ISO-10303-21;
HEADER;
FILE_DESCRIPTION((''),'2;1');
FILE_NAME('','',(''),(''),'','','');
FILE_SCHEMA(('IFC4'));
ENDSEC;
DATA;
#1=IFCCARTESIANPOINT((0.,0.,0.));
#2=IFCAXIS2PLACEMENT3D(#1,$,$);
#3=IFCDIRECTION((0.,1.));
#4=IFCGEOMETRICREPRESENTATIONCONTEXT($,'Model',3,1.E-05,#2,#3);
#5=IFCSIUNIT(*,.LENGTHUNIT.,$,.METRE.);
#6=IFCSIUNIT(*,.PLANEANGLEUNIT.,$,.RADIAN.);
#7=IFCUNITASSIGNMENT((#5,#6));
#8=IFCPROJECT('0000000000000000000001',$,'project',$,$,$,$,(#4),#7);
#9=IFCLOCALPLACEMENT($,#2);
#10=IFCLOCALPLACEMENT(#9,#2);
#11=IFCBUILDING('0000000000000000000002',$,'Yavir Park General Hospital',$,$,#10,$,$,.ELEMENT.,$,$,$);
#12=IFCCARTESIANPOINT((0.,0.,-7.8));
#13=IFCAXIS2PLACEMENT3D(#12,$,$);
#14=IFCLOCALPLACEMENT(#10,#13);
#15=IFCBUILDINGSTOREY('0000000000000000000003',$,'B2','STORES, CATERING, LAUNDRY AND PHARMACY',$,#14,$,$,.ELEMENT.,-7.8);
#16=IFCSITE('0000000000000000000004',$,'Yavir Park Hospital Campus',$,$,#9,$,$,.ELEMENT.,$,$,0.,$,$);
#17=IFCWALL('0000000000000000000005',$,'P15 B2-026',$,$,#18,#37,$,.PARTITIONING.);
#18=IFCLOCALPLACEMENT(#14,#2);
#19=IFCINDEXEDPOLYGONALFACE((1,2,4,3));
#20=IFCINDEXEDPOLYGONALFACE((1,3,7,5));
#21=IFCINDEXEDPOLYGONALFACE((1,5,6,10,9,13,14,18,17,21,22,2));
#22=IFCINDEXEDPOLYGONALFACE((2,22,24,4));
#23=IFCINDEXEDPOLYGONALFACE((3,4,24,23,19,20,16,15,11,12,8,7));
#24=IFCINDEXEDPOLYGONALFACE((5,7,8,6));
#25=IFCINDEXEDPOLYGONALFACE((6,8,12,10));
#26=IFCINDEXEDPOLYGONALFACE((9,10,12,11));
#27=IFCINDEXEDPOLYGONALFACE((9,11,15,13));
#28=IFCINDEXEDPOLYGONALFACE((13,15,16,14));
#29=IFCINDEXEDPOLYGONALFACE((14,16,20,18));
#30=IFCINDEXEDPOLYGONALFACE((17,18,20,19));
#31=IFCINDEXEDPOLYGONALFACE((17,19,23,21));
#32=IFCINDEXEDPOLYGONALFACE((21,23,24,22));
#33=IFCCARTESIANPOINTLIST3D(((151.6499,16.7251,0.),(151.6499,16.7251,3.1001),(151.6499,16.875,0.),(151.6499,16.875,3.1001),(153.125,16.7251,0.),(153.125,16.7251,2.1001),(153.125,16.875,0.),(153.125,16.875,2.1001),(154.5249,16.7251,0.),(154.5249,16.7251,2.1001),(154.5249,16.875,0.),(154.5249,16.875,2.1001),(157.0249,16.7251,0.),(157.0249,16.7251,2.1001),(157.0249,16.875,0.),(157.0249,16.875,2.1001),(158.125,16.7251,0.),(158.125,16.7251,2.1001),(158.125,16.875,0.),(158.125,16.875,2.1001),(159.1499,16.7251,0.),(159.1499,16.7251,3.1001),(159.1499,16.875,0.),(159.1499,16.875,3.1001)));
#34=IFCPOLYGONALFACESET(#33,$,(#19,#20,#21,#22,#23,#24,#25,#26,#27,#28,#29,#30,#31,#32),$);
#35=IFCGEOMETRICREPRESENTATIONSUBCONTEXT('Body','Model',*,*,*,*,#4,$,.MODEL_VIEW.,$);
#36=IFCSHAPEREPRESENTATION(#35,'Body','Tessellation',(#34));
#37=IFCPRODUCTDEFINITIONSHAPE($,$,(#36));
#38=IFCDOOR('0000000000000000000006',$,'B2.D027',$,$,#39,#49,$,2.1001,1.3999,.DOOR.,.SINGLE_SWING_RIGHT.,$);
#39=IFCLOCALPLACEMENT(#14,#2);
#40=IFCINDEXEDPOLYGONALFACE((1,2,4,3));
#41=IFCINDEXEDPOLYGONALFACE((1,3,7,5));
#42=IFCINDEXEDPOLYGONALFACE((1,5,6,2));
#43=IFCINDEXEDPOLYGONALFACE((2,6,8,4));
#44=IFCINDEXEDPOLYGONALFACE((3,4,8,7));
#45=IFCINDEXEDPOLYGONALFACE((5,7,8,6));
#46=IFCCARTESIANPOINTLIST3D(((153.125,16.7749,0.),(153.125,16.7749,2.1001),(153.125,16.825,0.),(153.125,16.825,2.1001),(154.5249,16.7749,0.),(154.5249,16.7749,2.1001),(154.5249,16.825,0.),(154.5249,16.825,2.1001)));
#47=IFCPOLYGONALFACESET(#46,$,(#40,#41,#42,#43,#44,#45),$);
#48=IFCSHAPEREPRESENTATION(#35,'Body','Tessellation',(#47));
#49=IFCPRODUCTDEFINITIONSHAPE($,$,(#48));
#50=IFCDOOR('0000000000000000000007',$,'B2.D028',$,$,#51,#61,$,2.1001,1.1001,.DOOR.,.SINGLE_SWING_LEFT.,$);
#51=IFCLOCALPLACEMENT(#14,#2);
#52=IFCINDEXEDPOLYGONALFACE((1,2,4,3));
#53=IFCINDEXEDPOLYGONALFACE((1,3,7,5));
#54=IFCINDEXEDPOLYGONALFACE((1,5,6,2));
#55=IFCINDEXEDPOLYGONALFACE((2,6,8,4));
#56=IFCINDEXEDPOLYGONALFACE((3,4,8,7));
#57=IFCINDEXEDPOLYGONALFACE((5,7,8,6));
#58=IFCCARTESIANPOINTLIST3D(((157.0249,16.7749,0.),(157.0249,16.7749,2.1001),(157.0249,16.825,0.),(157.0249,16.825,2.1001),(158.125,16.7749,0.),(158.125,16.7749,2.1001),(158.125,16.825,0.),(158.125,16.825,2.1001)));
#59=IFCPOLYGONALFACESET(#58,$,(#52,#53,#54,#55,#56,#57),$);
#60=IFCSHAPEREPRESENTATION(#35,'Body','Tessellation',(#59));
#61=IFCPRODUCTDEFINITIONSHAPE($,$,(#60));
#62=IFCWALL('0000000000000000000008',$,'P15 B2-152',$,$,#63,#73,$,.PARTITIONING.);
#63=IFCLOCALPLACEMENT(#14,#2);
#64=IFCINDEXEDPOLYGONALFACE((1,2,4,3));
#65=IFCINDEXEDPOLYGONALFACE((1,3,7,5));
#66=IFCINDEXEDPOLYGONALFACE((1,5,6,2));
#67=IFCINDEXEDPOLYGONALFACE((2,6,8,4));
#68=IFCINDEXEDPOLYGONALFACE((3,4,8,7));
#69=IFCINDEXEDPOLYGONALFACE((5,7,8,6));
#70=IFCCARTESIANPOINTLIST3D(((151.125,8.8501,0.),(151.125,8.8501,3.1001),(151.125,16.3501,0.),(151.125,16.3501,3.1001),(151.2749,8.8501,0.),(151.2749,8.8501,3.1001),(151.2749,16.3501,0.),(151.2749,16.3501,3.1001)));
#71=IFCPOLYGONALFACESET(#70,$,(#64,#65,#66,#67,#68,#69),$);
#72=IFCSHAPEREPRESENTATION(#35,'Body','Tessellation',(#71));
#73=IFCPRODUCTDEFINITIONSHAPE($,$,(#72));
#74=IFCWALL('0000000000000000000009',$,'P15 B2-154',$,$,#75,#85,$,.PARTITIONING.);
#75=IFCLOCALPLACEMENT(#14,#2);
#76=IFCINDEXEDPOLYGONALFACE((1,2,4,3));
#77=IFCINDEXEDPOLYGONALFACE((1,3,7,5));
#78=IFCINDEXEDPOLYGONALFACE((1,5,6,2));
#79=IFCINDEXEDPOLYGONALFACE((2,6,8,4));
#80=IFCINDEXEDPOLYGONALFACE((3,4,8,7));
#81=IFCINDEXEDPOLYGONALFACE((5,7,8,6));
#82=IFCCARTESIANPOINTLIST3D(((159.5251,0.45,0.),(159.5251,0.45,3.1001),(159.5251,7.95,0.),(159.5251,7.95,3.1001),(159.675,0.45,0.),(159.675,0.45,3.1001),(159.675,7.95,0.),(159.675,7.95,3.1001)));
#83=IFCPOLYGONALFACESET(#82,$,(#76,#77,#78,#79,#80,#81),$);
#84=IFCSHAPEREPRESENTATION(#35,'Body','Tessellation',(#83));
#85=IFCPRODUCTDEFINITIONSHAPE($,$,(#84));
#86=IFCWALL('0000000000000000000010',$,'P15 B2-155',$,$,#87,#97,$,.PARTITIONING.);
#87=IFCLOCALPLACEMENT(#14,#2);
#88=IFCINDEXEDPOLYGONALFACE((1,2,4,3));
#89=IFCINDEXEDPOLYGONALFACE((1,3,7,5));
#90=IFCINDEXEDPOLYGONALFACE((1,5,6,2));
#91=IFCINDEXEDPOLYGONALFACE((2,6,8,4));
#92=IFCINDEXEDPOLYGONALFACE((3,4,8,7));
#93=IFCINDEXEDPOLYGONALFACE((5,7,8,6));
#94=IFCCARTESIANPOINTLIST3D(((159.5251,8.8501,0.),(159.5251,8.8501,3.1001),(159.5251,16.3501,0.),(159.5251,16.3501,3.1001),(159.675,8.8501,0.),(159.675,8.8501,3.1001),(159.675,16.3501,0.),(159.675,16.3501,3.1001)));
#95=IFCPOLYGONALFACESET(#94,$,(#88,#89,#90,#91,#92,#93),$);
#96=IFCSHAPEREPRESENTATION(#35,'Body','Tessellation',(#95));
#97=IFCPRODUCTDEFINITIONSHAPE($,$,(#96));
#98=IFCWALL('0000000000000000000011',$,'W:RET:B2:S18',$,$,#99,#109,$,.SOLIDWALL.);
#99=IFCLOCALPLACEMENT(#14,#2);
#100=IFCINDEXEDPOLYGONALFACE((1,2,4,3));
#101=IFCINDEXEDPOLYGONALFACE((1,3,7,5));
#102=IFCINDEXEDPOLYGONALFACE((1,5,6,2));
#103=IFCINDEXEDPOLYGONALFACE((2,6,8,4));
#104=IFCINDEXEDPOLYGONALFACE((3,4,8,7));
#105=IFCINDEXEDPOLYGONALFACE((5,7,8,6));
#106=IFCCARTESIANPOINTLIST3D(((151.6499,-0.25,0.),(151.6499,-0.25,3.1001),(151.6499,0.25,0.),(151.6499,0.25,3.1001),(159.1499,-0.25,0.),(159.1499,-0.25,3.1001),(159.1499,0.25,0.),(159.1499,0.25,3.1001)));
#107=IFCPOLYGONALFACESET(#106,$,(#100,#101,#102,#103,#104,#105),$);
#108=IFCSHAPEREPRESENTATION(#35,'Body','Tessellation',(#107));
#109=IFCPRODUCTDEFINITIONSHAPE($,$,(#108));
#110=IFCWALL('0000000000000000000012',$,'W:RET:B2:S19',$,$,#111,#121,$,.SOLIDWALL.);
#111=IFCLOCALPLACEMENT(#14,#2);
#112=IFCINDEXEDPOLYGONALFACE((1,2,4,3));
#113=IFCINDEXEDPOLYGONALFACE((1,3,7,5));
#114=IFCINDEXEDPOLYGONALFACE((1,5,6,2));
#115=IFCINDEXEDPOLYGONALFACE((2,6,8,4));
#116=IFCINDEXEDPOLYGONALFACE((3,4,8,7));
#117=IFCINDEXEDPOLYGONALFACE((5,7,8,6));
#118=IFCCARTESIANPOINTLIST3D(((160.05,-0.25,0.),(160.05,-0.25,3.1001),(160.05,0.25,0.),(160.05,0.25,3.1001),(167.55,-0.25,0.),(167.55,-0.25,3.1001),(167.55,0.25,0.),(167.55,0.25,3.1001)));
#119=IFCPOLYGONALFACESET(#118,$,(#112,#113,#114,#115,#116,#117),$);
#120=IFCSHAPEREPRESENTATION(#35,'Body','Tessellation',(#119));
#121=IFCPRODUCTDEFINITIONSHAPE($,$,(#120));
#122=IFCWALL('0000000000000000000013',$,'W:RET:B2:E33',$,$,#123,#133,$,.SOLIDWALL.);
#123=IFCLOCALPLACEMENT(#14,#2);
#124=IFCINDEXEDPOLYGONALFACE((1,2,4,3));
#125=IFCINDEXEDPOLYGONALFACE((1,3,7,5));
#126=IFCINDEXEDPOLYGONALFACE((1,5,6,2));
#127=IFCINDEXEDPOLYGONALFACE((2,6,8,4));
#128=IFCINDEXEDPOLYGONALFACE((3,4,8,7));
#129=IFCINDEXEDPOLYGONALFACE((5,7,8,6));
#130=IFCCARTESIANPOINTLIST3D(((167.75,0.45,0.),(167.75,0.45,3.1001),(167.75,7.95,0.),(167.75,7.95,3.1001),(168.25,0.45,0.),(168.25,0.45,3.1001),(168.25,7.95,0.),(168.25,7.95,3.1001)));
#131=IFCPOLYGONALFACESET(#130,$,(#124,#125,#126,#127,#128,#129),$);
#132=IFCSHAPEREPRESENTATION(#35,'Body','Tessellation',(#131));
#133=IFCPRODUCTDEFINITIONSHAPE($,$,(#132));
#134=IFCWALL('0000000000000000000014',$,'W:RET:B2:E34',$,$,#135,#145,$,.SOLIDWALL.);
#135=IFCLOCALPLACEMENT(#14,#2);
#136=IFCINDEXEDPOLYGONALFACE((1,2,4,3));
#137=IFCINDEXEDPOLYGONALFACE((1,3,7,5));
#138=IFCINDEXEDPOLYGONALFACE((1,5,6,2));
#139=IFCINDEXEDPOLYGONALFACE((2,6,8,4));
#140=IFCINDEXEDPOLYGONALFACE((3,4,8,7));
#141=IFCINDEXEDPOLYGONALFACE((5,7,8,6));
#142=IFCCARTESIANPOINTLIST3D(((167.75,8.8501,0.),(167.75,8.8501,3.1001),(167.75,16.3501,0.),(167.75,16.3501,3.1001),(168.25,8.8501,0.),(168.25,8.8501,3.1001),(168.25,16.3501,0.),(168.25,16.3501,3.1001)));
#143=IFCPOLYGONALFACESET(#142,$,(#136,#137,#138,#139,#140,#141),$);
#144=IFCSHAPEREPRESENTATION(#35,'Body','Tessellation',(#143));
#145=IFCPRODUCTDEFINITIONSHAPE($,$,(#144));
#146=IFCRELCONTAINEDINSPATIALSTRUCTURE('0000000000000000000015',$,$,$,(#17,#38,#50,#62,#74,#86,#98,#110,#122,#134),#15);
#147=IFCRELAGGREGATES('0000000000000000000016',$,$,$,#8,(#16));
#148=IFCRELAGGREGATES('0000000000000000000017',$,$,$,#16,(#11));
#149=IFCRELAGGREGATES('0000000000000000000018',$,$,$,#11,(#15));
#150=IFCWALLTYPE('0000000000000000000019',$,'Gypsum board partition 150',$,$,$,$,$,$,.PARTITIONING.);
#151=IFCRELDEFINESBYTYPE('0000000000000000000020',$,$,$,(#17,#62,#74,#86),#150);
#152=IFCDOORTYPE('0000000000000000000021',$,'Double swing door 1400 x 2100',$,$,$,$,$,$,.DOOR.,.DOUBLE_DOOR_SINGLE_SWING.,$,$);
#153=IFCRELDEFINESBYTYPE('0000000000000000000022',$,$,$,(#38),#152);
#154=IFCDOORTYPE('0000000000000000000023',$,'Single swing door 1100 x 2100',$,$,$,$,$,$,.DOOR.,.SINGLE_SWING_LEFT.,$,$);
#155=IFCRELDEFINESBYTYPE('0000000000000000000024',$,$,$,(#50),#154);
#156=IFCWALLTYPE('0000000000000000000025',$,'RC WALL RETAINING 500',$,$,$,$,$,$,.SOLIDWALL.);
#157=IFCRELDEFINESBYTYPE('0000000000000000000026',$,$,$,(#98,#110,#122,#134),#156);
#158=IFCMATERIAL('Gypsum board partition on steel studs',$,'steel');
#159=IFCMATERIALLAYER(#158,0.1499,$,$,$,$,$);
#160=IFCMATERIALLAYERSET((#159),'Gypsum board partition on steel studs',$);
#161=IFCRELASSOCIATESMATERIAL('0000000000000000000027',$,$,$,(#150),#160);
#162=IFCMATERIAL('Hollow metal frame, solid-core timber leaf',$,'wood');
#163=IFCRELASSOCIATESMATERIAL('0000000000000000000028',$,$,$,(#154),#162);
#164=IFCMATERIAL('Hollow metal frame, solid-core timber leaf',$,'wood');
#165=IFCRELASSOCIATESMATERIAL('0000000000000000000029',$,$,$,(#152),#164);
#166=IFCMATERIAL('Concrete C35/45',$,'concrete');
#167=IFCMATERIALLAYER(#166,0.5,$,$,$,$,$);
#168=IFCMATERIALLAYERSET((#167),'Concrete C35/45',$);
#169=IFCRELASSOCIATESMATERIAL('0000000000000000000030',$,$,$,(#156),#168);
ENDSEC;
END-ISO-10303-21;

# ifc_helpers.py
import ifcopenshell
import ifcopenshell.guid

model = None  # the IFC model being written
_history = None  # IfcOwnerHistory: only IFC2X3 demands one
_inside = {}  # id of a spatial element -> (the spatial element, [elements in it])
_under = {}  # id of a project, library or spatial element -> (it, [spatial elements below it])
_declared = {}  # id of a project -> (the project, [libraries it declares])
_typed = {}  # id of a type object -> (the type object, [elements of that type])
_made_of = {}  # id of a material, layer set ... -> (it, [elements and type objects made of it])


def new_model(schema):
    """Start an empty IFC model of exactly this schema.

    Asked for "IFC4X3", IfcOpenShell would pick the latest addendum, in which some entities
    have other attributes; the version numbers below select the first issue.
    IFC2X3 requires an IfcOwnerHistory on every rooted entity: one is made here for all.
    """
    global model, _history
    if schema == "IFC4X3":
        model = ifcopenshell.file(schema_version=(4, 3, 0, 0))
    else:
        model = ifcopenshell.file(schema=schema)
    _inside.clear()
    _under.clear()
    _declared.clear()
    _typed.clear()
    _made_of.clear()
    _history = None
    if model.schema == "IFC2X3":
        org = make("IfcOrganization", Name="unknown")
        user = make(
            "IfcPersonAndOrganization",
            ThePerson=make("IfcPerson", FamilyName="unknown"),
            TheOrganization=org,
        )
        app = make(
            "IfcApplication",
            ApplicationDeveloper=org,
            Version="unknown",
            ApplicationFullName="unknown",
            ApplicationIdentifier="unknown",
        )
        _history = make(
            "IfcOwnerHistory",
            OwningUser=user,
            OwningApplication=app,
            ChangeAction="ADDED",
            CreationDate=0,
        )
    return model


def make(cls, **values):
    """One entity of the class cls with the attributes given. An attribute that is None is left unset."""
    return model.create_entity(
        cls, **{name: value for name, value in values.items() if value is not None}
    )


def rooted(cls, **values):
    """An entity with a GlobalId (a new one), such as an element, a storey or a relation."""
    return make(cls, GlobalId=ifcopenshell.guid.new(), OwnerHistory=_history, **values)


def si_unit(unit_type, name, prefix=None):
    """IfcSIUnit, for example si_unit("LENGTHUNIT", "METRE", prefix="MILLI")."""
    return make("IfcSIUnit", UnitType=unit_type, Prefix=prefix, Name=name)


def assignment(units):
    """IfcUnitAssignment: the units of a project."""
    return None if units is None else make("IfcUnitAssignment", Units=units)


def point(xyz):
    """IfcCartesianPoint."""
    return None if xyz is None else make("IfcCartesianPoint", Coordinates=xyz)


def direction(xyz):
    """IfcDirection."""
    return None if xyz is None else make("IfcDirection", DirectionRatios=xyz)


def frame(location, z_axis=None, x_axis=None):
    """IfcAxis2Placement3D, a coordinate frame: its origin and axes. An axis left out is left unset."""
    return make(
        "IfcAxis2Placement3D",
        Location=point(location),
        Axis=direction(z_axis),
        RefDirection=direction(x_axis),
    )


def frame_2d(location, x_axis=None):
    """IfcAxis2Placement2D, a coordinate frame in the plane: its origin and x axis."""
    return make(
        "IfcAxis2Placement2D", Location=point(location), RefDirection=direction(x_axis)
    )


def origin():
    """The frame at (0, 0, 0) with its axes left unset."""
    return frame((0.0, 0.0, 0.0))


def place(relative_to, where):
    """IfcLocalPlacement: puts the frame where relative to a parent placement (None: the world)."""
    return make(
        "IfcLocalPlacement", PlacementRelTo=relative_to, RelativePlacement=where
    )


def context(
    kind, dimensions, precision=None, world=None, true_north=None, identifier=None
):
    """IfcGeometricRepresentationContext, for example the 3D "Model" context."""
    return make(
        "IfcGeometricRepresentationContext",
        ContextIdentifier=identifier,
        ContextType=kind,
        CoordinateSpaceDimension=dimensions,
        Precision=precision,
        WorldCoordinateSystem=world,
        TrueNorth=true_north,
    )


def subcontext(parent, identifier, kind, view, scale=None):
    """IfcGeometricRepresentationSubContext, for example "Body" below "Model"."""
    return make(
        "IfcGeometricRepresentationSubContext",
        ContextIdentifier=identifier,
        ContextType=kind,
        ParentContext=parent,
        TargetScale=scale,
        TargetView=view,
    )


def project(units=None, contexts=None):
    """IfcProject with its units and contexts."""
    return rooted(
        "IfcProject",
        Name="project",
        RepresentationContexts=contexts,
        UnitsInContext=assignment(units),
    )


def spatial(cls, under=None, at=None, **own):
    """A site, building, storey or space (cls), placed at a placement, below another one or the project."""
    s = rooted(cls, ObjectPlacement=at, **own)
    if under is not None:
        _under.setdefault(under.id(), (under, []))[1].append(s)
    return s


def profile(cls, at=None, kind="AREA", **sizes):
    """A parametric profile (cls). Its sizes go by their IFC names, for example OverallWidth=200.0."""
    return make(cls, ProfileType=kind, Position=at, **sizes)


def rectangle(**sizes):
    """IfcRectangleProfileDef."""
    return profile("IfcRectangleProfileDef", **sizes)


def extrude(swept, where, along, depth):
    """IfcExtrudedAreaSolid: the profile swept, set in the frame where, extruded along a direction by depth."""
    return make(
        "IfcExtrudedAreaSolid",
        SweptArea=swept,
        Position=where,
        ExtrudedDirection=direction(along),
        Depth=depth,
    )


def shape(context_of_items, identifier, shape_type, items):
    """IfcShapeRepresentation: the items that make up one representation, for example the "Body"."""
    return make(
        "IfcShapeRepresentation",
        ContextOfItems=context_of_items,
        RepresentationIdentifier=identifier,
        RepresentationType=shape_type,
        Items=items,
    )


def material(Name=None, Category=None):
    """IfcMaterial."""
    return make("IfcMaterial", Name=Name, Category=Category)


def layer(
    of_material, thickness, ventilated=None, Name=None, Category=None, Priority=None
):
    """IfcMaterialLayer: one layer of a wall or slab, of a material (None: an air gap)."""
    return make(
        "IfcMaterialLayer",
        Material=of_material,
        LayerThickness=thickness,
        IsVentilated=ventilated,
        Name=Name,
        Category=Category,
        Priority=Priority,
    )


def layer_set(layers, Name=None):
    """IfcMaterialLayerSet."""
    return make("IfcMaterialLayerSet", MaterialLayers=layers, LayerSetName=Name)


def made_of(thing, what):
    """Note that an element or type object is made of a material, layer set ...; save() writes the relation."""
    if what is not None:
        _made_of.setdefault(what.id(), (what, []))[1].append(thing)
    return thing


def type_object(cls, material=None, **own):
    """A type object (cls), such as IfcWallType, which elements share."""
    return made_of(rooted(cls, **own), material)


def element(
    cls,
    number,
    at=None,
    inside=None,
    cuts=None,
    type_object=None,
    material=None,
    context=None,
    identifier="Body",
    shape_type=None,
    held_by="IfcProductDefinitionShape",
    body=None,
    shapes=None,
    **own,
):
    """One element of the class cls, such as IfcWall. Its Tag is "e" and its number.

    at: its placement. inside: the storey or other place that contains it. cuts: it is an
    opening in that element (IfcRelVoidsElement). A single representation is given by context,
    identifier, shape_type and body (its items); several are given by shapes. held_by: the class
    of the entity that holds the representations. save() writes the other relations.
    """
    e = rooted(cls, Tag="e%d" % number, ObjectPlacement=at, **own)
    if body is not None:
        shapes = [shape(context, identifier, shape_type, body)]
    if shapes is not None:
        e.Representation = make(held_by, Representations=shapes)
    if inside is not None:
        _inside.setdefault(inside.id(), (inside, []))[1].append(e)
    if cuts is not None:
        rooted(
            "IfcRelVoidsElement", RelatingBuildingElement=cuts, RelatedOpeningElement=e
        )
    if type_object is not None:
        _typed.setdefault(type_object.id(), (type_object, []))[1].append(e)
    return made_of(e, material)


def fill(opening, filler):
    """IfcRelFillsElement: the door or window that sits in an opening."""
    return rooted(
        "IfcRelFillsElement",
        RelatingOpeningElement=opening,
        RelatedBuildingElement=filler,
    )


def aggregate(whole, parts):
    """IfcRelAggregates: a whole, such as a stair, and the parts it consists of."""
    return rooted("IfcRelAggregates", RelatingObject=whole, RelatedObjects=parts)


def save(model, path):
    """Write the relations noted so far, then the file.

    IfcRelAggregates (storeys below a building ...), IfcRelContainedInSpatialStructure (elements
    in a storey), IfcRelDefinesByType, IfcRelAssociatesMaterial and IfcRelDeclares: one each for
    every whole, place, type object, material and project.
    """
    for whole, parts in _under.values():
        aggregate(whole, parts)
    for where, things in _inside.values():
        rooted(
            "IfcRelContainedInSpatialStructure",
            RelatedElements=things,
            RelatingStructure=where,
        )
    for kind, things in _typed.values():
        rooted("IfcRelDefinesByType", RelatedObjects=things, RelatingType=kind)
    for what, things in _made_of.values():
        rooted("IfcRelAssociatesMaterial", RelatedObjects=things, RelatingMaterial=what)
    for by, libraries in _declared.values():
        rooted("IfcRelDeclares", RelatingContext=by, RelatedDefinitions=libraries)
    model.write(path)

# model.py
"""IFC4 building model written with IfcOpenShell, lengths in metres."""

from ifc_helpers import new_model, si_unit, direction, frame, frame_2d, origin, place, context, subcontext, project, spatial, rectangle, extrude, material, layer, layer_set, type_object, element, fill, save


model = new_model("IFC4")

# Units and contexts
model_context = context("Model", 3, precision=1e-05, world=origin(), true_north=direction((0.0, 1.0)))
body_context = subcontext(model_context, "Body", "Model", "MODEL_VIEW")
ifc_project = project(units=[si_unit("LENGTHUNIT", "METRE"), si_unit("PLANEANGLEUNIT", "RADIAN")], contexts=[model_context])

# Site, building, storey
site_placement = place(None, origin())
site = spatial("IfcSite", under=ifc_project, at=site_placement, Name="Yavir Park Hospital Campus", CompositionType="ELEMENT", RefElevation=0.0)
building_placement = place(site_placement, origin())
building = spatial("IfcBuilding", under=site, at=building_placement, Name="Yavir Park General Hospital", CompositionType="ELEMENT")
storey_placement = place(building_placement, frame((0.0, 0.0, -7.8)))
storey = spatial("IfcBuildingStorey", under=building, at=storey_placement, Name="B2", Description="STORES, CATERING, LAUNDRY AND PHARMACY", CompositionType="ELEMENT", Elevation=-7.8)

# Shared definitions
ifc_material_1 = material(Name="Gypsum board partition on steel studs", Category="steel")
ifc_layer_1 = layer(ifc_material_1, 0.1499)
ifc_layer_set_1 = layer_set([ifc_layer_1], Name="Gypsum board partition on steel studs")
wall_type_1 = type_object("IfcWallType", Name="Gypsum board partition 150", PredefinedType="PARTITIONING", material=ifc_layer_set_1)
ifc_material_2 = material(Name="Hollow metal frame, solid-core timber leaf", Category="wood")
door_type_1 = type_object("IfcDoorType", Name="Single swing door 1100 x 2100", OperationType="SINGLE_SWING_LEFT", PredefinedType="DOOR", material=ifc_material_2)

# Wall, openings, doors
wall_1_placement = place(storey_placement, frame((151.6499, 16.8, 0.0), z_axis=(0.0, 0.0, 1.0), x_axis=(1.0, 0.0, 0.0)))
wall_1 = element("IfcWall", 1, at=wall_1_placement, inside=storey, type_object=wall_type_1, Name="P15 B2-026", PredefinedType="PARTITIONING", context=body_context, shape_type="SweptSolid", body=[
    extrude(rectangle(XDim=7.5, YDim=0.1499, at=frame_2d((3.75, 0.0))), origin(), (0.0, 0.0, 1.0), 3.1001),
])
opening_1_placement = place(wall_1_placement, frame((1.4751, 0.0, 0.0)))
opening_1 = element("IfcOpeningElement", 2, at=opening_1_placement, cuts=wall_1, PredefinedType="OPENING", context=body_context, shape_type="SweptSolid", body=[
    extrude(rectangle(XDim=1.3999, YDim=2.1001, at=frame_2d((0.7, 1.05))), frame((0.0, 0.085, 0.0), z_axis=(0.0, -1.0, 0.0), x_axis=(1.0, 0.0, 0.0)), (0.0, 0.0, 1.0), 0.1699),
])
opening_2_placement = place(wall_1_placement, frame((5.375, 0.0, 0.0)))
opening_2 = element("IfcOpeningElement", 3, at=opening_2_placement, cuts=wall_1, PredefinedType="OPENING", context=body_context, shape_type="SweptSolid", body=[
    extrude(rectangle(XDim=1.1001, YDim=2.1001, at=frame_2d((0.55, 1.05))), frame((0.0, 0.085, 0.0), z_axis=(0.0, -1.0, 0.0), x_axis=(1.0, 0.0, 0.0)), (0.0, 0.0, 1.0), 0.1699),
])
ifc_material_3 = material(Name="Hollow metal frame, solid-core timber leaf", Category="wood")
door_type_2 = type_object("IfcDoorType", Name="Double swing door 1400 x 2100", OperationType="DOUBLE_DOOR_SINGLE_SWING", PredefinedType="DOOR", material=ifc_material_3)
door_1_placement = place(opening_1_placement, origin())
door_1 = element("IfcDoor", 4, at=door_1_placement, inside=storey, type_object=door_type_2, Name="B2.D027", OperationType="SINGLE_SWING_RIGHT", OverallHeight=2.1001, OverallWidth=1.3999, PredefinedType="DOOR", context=body_context, shape_type="SweptSolid", body=[
    extrude(rectangle(XDim=1.3999, YDim=2.1001, at=frame_2d((0.7, 1.05))), frame((0.0, 0.0249, 0.0), z_axis=(0.0, -1.0, 0.0), x_axis=(1.0, 0.0, 0.0)), (0.0, 0.0, 1.0), 0.05),
])
fill(opening_1, door_1)
door_2_placement = place(opening_2_placement, origin())
door_2 = element("IfcDoor", 5, at=door_2_placement, inside=storey, type_object=door_type_1, Name="B2.D028", OperationType="SINGLE_SWING_LEFT", OverallHeight=2.1001, OverallWidth=1.1001, PredefinedType="DOOR", context=body_context, shape_type="SweptSolid", body=[
    extrude(rectangle(XDim=1.1001, YDim=2.1001, at=frame_2d((0.55, 1.05))), frame((0.0, 0.0249, 0.0), z_axis=(0.0, -1.0, 0.0), x_axis=(1.0, 0.0, 0.0)), (0.0, 0.0, 1.0), 0.05),
])
fill(opening_2, door_2)

# Walls
for number, where, z_axis, x_axis, name in (
    (6, (151.2, 8.8501, 0.0), (0.0, 0.0, 1.0), (0.0, 1.0, 0.0), "P15 B2-152"),
    (7, (159.6001, 0.45, 0.0), (0.0, 0.0, 1.0), (0.0, 1.0, 0.0), "P15 B2-154"),
    (8, (159.6001, 8.8501, 0.0), (0.0, 0.0, 1.0), (0.0, 1.0, 0.0), "P15 B2-155"),
):
    element("IfcWall", number, at=place(storey_placement, frame(where, z_axis=z_axis, x_axis=x_axis)), inside=storey, type_object=wall_type_1, Name=name, PredefinedType="PARTITIONING", context=body_context, shape_type="SweptSolid", body=[
        extrude(rectangle(XDim=7.5, YDim=0.1499, at=frame_2d((3.75, 0.0))), origin(), (0.0, 0.0, 1.0), 3.1001),
    ])
ifc_material_4 = material(Name="Concrete C35/45", Category="concrete")
ifc_layer_2 = layer(ifc_material_4, 0.5)
ifc_layer_set_2 = layer_set([ifc_layer_2], Name="Concrete C35/45")
wall_type_2 = type_object("IfcWallType", Name="RC WALL RETAINING 500", PredefinedType="SOLIDWALL", material=ifc_layer_set_2)
for number, where, z_axis, x_axis, name in (
    (9, (151.6499, 0.0, 0.0), (0.0, 0.0, 1.0), (1.0, 0.0, 0.0), "W:RET:B2:S18"),
    (10, (160.05, 0.0, 0.0), (0.0, 0.0, 1.0), (1.0, 0.0, 0.0), "W:RET:B2:S19"),
    (11, (168.0, 0.45, 0.0), (0.0, 0.0, 1.0), (0.0, 1.0, 0.0), "W:RET:B2:E33"),
    (12, (168.0, 8.8501, 0.0), (0.0, 0.0, 1.0), (0.0, 1.0, 0.0), "W:RET:B2:E34"),
):
    element("IfcWall", number, at=place(storey_placement, frame(where, z_axis=z_axis, x_axis=x_axis)), inside=storey, type_object=wall_type_2, Name=name, PredefinedType="SOLIDWALL", context=body_context, shape_type="SweptSolid", body=[
        extrude(rectangle(XDim=7.5, YDim=0.5, at=frame_2d((3.75, 0.0))), origin(), (0.0, 0.0, 1.0), 3.1001),
    ])

save(model, "model.ifc")
